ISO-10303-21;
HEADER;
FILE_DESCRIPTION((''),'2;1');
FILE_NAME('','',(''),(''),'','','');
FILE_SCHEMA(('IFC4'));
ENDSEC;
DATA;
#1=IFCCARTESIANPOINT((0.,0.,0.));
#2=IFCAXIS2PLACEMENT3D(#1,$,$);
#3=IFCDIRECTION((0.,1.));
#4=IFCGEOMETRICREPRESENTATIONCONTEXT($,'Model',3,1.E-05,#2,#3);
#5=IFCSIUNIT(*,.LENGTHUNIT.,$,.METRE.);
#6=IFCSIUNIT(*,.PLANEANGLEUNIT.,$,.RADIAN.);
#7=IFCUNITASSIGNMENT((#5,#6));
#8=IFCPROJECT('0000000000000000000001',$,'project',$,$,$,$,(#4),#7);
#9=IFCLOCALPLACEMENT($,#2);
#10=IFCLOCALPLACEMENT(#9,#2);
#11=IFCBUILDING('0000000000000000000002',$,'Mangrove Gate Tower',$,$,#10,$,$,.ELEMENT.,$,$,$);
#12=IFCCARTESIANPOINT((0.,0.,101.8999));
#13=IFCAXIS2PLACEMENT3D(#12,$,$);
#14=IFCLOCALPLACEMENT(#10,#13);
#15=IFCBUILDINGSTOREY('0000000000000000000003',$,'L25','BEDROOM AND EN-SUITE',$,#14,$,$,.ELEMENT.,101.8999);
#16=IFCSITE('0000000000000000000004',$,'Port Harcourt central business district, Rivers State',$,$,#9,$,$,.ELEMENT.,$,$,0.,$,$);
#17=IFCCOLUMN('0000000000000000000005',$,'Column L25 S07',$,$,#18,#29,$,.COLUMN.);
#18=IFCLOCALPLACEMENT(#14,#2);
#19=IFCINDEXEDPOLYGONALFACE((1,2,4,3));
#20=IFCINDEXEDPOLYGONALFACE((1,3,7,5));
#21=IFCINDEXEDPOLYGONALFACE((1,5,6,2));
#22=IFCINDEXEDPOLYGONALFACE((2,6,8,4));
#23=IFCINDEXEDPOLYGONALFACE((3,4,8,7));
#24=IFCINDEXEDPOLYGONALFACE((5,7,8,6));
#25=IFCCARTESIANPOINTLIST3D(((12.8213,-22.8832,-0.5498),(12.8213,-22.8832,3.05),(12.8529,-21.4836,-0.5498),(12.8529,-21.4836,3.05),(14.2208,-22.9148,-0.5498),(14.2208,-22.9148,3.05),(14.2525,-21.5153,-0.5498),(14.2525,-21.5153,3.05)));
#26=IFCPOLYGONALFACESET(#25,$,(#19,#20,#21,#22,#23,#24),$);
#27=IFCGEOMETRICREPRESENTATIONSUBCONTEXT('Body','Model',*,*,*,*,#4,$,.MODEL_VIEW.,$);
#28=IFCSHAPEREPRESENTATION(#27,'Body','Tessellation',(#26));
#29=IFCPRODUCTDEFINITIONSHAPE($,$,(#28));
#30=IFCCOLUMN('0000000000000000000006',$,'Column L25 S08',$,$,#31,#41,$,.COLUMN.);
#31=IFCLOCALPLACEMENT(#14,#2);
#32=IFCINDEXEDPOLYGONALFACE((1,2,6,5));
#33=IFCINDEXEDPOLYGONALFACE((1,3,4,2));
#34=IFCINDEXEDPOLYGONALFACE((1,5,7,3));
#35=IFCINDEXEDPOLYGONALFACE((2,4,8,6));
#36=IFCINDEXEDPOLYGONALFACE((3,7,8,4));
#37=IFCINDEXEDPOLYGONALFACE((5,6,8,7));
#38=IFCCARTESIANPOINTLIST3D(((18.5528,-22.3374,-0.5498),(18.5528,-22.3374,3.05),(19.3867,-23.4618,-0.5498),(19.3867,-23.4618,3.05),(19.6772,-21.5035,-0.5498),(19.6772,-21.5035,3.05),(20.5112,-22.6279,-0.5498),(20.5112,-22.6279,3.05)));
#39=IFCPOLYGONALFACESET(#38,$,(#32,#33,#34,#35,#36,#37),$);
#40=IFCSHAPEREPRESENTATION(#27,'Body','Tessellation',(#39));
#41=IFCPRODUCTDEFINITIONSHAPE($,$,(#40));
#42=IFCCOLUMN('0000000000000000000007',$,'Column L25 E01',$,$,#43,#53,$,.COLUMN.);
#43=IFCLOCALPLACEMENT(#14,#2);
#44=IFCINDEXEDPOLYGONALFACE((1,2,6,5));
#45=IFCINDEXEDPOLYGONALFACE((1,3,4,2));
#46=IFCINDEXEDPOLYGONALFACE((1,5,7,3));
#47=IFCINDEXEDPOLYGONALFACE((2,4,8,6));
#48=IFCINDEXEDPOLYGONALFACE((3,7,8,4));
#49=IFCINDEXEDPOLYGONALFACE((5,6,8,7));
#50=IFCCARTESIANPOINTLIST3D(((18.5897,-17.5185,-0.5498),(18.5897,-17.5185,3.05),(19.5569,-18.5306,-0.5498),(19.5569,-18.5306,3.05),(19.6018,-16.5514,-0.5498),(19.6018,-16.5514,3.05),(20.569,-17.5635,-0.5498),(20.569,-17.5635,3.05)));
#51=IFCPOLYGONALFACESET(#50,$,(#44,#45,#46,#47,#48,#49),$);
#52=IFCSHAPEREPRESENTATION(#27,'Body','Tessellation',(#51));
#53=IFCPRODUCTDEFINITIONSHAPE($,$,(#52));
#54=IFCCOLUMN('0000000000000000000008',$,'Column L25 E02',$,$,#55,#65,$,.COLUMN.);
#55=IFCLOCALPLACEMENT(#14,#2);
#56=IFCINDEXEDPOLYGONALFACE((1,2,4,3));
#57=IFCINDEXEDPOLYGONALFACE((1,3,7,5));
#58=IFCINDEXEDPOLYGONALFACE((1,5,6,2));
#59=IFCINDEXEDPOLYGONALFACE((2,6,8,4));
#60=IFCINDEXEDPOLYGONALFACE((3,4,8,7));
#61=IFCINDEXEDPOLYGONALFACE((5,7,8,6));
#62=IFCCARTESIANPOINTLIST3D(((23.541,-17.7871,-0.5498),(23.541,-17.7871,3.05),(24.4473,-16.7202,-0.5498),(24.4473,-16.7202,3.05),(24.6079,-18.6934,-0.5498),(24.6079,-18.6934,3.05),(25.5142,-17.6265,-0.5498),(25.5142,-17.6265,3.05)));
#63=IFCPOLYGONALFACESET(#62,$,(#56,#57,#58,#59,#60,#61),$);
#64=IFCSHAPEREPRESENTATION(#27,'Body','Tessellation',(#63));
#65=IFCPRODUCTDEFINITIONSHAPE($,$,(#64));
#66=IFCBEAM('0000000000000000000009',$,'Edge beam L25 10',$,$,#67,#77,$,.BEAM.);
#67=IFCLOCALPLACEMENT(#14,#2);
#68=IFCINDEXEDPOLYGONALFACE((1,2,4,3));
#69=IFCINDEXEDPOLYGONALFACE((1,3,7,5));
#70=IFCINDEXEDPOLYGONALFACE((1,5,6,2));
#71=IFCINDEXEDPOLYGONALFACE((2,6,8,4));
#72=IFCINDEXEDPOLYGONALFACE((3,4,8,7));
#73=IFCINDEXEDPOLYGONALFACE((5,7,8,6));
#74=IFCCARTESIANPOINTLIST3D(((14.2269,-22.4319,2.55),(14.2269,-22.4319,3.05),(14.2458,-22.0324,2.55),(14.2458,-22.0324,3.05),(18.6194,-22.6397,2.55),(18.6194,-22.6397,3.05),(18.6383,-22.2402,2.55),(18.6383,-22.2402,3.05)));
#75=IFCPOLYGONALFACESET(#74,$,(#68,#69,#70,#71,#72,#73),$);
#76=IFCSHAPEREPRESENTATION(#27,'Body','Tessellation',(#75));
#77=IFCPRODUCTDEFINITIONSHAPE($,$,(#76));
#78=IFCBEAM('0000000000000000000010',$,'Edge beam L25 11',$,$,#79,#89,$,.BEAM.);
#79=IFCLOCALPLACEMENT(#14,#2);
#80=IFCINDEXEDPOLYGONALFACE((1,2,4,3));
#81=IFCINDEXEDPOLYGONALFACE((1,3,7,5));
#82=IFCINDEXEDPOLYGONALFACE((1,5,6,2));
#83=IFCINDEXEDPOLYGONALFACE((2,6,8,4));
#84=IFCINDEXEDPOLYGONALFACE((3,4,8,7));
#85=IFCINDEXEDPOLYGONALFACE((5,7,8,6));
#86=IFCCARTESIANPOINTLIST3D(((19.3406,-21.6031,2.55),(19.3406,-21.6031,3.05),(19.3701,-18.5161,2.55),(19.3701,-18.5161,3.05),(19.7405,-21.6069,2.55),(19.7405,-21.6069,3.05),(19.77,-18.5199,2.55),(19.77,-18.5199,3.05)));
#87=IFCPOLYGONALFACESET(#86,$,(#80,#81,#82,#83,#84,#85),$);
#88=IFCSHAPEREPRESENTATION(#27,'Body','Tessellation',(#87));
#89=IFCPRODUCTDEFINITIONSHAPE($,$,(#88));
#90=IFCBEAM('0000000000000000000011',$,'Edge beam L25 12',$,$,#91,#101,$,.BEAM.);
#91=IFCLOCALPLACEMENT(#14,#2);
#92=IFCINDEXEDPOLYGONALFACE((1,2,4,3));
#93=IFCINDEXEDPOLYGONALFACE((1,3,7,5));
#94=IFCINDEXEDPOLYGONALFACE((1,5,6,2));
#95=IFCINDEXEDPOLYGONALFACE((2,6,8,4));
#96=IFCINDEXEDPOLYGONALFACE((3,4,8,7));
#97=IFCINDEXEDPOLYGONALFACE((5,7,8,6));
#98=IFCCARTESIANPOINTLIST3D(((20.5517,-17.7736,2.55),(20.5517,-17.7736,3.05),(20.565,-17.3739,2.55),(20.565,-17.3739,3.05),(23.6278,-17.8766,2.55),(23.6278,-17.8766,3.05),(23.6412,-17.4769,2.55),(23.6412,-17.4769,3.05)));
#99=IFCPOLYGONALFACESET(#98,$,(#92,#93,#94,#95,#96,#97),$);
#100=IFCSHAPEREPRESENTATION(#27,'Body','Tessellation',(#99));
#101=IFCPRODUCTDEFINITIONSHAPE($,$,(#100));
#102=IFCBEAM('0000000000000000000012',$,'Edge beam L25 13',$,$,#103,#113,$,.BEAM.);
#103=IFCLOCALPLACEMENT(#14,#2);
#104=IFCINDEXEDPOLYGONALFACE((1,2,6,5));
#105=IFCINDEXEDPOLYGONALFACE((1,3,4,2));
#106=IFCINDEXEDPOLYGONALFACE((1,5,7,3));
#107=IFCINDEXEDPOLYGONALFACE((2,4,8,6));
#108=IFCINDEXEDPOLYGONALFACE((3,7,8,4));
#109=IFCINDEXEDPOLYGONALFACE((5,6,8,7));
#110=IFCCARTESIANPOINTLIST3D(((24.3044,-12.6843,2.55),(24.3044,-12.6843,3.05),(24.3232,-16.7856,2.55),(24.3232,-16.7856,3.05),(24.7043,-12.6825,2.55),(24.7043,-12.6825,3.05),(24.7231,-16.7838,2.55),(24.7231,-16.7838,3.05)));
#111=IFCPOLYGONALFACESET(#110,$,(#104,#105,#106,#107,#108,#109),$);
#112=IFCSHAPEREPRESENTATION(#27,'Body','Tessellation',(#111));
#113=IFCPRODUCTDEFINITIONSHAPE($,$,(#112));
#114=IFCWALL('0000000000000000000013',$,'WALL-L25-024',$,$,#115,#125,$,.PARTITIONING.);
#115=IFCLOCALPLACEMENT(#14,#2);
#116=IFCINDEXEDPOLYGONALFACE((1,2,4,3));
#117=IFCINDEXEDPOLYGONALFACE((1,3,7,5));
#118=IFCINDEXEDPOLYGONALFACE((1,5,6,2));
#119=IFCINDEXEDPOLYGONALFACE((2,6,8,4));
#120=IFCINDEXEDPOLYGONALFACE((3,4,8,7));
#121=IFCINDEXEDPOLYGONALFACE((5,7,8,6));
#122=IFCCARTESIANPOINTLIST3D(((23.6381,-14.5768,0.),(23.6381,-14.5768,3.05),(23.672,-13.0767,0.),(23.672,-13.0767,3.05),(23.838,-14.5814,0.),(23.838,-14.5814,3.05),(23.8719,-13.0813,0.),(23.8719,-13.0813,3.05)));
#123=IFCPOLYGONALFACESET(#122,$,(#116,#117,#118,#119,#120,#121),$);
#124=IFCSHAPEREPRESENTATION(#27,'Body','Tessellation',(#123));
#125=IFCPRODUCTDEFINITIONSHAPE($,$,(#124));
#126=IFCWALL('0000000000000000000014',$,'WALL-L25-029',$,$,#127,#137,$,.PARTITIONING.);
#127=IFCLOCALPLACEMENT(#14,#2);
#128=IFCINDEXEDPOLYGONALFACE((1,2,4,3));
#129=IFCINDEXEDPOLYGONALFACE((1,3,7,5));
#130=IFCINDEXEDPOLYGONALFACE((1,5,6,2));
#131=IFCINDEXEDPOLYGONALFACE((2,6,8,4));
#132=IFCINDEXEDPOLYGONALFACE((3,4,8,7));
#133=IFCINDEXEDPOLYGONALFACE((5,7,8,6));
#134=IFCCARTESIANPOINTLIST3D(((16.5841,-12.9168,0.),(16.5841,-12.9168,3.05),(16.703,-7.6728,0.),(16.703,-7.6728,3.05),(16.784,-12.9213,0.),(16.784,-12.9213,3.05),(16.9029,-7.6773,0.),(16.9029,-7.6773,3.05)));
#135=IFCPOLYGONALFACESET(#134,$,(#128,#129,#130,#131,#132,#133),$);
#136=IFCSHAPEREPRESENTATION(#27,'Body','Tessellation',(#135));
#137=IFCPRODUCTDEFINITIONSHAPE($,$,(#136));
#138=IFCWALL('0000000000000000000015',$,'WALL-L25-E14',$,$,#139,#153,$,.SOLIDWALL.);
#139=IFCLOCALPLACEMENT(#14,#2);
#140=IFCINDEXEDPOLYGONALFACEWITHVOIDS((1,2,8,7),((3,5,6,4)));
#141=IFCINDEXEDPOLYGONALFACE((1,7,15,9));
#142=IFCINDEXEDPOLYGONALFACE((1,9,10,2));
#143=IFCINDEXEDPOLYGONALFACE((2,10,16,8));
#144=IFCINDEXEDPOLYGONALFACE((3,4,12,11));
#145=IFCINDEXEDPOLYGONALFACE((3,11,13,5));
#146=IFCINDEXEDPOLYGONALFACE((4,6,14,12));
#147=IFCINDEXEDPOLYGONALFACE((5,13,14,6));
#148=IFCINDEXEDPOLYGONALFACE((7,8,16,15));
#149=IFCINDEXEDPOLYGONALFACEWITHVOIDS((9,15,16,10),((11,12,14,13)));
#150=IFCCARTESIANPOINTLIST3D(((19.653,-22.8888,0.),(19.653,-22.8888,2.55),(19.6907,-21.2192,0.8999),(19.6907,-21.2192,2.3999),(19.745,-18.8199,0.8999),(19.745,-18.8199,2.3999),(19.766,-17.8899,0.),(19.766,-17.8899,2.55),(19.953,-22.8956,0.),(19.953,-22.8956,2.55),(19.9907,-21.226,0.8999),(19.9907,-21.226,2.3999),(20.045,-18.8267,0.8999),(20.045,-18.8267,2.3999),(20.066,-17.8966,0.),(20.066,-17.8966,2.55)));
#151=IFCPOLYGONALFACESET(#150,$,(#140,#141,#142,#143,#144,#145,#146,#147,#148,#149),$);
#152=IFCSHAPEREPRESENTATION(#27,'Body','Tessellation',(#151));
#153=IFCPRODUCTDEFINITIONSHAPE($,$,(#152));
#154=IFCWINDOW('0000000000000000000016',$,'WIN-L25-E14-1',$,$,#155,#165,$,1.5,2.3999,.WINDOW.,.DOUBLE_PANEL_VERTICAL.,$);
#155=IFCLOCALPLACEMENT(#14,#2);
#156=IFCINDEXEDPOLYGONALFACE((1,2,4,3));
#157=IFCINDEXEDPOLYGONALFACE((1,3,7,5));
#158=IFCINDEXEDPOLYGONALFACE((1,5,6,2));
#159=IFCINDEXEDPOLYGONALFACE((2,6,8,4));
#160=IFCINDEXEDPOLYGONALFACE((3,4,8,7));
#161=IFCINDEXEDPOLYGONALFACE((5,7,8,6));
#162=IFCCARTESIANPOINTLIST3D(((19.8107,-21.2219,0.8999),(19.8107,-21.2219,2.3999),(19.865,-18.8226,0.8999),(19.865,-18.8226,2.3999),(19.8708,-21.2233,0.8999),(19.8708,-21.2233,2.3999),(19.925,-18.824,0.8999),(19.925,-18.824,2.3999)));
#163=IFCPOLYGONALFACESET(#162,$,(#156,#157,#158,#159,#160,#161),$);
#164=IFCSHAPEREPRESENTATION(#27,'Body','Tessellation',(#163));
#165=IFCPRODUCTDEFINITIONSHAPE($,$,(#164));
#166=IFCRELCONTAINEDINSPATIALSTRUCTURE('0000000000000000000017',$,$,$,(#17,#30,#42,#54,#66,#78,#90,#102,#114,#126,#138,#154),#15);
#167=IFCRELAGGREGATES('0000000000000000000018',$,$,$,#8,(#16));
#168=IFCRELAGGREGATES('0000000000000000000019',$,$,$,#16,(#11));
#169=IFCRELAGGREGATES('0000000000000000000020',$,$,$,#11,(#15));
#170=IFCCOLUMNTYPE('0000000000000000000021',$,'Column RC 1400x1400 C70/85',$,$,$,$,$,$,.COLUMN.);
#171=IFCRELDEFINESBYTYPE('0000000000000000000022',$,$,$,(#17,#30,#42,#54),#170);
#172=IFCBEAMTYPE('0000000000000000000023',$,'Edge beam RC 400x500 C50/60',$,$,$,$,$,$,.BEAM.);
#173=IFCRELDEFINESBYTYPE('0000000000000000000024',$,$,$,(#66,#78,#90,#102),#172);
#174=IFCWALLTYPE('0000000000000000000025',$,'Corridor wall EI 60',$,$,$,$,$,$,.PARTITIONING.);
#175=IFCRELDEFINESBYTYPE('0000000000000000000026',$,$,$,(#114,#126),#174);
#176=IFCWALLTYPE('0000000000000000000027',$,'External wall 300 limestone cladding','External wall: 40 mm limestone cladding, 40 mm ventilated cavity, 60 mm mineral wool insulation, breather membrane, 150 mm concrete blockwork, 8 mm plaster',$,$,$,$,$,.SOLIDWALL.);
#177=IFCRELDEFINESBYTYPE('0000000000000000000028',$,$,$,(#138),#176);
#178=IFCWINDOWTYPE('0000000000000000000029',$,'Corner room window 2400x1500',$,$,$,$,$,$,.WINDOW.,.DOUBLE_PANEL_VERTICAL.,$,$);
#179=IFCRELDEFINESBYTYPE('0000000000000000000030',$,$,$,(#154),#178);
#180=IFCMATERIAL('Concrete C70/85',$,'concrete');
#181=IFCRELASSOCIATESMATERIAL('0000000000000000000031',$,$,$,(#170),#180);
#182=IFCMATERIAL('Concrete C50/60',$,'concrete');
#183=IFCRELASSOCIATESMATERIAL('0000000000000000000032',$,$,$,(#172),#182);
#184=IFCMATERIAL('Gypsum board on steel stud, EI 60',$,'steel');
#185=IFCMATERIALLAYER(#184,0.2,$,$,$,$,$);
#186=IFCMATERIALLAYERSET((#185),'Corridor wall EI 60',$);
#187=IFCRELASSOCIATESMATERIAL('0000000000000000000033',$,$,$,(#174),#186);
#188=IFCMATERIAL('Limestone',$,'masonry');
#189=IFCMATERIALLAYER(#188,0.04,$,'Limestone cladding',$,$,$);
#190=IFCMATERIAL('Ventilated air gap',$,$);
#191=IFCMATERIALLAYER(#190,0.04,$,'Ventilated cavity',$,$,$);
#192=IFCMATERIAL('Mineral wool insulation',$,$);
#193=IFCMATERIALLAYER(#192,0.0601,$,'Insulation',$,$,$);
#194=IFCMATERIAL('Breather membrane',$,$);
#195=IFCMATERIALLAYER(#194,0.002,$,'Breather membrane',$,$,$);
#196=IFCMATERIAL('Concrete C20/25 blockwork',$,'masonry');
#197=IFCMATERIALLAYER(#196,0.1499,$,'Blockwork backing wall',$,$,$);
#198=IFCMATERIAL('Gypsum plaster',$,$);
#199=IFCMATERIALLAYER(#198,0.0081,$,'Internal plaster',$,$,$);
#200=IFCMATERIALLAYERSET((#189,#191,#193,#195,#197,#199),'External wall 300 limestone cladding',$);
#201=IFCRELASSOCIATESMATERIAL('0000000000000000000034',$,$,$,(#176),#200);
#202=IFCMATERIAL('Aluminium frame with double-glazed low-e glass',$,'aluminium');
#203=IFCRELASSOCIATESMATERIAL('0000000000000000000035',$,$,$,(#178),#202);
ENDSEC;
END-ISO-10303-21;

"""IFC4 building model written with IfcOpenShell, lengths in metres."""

from ifc_helpers import new_model, si_unit, direction, frame, frame_2d, origin, origin_2d, place, context, subcontext, project, spatial, rectangle, extrude, material, layer, layer_set, material_profile, profile_set, type_object, element, fill, save


model = new_model("IFC4")

# Units and contexts
model_context = context("Model", 3, precision=1e-05, world=origin(), true_north=direction((0.0, 1.0)))
body_context = subcontext(model_context, "Body", "Model", "MODEL_VIEW")
ifc_project = project(units=[si_unit("LENGTHUNIT", "METRE"), si_unit("PLANEANGLEUNIT", "RADIAN")], contexts=[model_context])

# Site, building, storey
site_placement = place(None, origin())
site = spatial("IfcSite", under=ifc_project, at=site_placement, Name="Port Harcourt central business district, Rivers State", CompositionType="ELEMENT", RefElevation=0.0)
building_placement = place(site_placement, origin())
building = spatial("IfcBuilding", under=site, at=building_placement, Name="Mangrove Gate Tower", CompositionType="ELEMENT")
storey_placement = place(building_placement, frame((0.0, 0.0, 101.8999)))
storey = spatial("IfcBuildingStorey", under=building, at=storey_placement, Name="L25", Description="BEDROOM AND EN-SUITE", CompositionType="ELEMENT", Elevation=101.8999)

# Columns
ifc_material_1 = material(Name="Concrete C70/85", Category="concrete")
ifc_material_profile_1 = material_profile(ifc_material_1, rectangle(XDim=1.3999, YDim=1.3999, at=origin_2d()))
ifc_profile_set_1 = profile_set([ifc_material_profile_1], Name="Concrete C70/85")
column_type = type_object("IfcColumnType", Name="Column RC 1400x1400 C70/85", PredefinedType="COLUMN", material=ifc_profile_set_1)
for number, where, z_axis, x_axis, name in (
    (1, (13.5369, -22.1992, -0.5498), (0.0, 0.0, 1.0), (0.999744, -0.02263, 0.0), "Column L25 S07"),
    (2, (19.532, -22.4827, -0.5498), (0.0, 0.0, 1.0), (0.8032, 0.595709, 0.0), "Column L25 S08"),
    (3, (19.5793, -17.541, -0.5498), (0.0, 0.0, 1.0), (0.722977, 0.690873, 0.0), "Column L25 E01"),
    (4, (24.5276, -17.7068, -0.5498), (0.0, 0.0, 1.0), (0.647444, 0.762113, 0.0), "Column L25 E02"),
):
    element("IfcColumn", number, at=place(storey_placement, frame(where, z_axis=z_axis, x_axis=x_axis)), inside=storey, type_object=column_type, Name=name, PredefinedType="COLUMN", context=body_context, shape_type="SweptSolid", body=[
        extrude(rectangle(XDim=1.3999, YDim=1.3999, at=origin_2d()), origin(), (0.0, 0.0, 1.0), 3.5999),
    ])

# Beams
ifc_material_2 = material(Name="Concrete C50/60", Category="concrete")
ifc_material_profile_2 = material_profile(ifc_material_2, rectangle(XDim=0.3999, YDim=0.5, at=origin_2d()))
ifc_profile_set_2 = profile_set([ifc_material_profile_2], Name="Concrete C50/60")
beam_type = type_object("IfcBeamType", Name="Edge beam RC 400x500 C50/60", PredefinedType="BEAM", material=ifc_profile_set_2)
beam_1_placement = place(storey_placement, frame((14.2363, -22.2322, 2.8), z_axis=(0.998883, -0.047246, 0.0), x_axis=(0.047246, 0.998883, 0.0)))
element("IfcBeam", 5, at=beam_1_placement, inside=storey, type_object=beam_type, Name="Edge beam L25 10", PredefinedType="BEAM", context=body_context, shape_type="SweptSolid", body=[
    extrude(rectangle(XDim=0.3999, YDim=0.5, at=origin_2d()), origin(), (0.0, 0.0, 1.0), 4.3975),
])
beam_2_placement = place(storey_placement, frame((19.5405, -21.605, 2.8), z_axis=(0.009569, 0.999954, 0.0), x_axis=(-0.999954, 0.009569, 0.0)))
element("IfcBeam", 6, at=beam_2_placement, inside=storey, type_object=beam_type, Name="Edge beam L25 11", PredefinedType="BEAM", context=body_context, shape_type="SweptSolid", body=[
    extrude(rectangle(XDim=0.3999, YDim=0.5, at=origin_2d()), origin(), (0.0, 0.0, 1.0), 3.0872),
])
beam_3_placement = place(storey_placement, frame((20.5583, -17.5737, 2.8), z_axis=(0.99944, -0.033473, 0.0), x_axis=(0.033473, 0.99944, 0.0)))
element("IfcBeam", 7, at=beam_3_placement, inside=storey, type_object=beam_type, Name="Edge beam L25 12", PredefinedType="BEAM", context=body_context, shape_type="SweptSolid", body=[
    extrude(rectangle(XDim=0.3999, YDim=0.5, at=origin_2d()), origin(), (0.0, 0.0, 1.0), 3.0779),
])
beam_4_placement = place(storey_placement, frame((24.5232, -16.7847, 2.8), z_axis=(-0.004584, 0.999989, 0.0), x_axis=(-0.999989, -0.004584, 0.0)))
element("IfcBeam", 8, at=beam_4_placement, inside=storey, type_object=beam_type, Name="Edge beam L25 13", PredefinedType="BEAM", context=body_context, shape_type="SweptSolid", body=[
    extrude(rectangle(XDim=0.3999, YDim=0.5, at=origin_2d()), origin(), (0.0, 0.0, 1.0), 4.1013),
])

# Walls
ifc_material_3 = material(Name="Gypsum board on steel stud, EI 60", Category="steel")
ifc_layer_1 = layer(ifc_material_3, 0.2)
ifc_layer_set_1 = layer_set([ifc_layer_1], Name="Corridor wall EI 60")
wall_type_1 = type_object("IfcWallType", Name="Corridor wall EI 60", PredefinedType="PARTITIONING", material=ifc_layer_set_1)
wall_1_placement = place(storey_placement, frame((23.738, -14.5791, 0.0), z_axis=(0.0, 0.0, 1.0), x_axis=(0.022618, 0.999744, 0.0)))
element("IfcWall", 9, at=wall_1_placement, inside=storey, type_object=wall_type_1, Name="WALL-L25-024", PredefinedType="PARTITIONING", context=body_context, shape_type="SweptSolid", body=[
    extrude(rectangle(XDim=1.5005, YDim=0.2, at=frame_2d((0.7502, 0.0))), origin(), (0.0, 0.0, 1.0), 3.05),
])
wall_2_placement = place(storey_placement, frame((16.6841, -12.9189, 0.0), z_axis=(0.0, 0.0, 1.0), x_axis=(0.022667, 0.999743, 0.0)))
element("IfcWall", 10, at=wall_2_placement, inside=storey, type_object=wall_type_1, Name="WALL-L25-029", PredefinedType="PARTITIONING", context=body_context, shape_type="SweptSolid", body=[
    extrude(rectangle(XDim=5.2454, YDim=0.2, at=frame_2d((2.6226, 0.0))), origin(), (0.0, 0.0, 1.0), 3.05),
])

# Shared definitions
ifc_material_4 = material(Name="Limestone", Category="masonry")
ifc_layer_2 = layer(ifc_material_4, 0.04, Name="Limestone cladding")
ifc_material_5 = material(Name="Ventilated air gap")
ifc_layer_3 = layer(ifc_material_5, 0.04, Name="Ventilated cavity")
ifc_material_6 = material(Name="Mineral wool insulation")
ifc_layer_4 = layer(ifc_material_6, 0.0601, Name="Insulation")
ifc_material_7 = material(Name="Breather membrane")
ifc_layer_5 = layer(ifc_material_7, 0.002, Name="Breather membrane")
ifc_material_8 = material(Name="Concrete C20/25 blockwork", Category="masonry")
ifc_layer_6 = layer(ifc_material_8, 0.1499, Name="Blockwork backing wall")
ifc_material_9 = material(Name="Gypsum plaster")
ifc_layer_7 = layer(ifc_material_9, 0.0081, Name="Internal plaster")
ifc_layer_set_2 = layer_set([ifc_layer_2, ifc_layer_3, ifc_layer_4, ifc_layer_5, ifc_layer_6, ifc_layer_7], Name="External wall 300 limestone cladding")
wall_type_2 = type_object("IfcWallType", Name="External wall 300 limestone cladding", Description="External wall: 40 mm limestone cladding, 40 mm ventilated cavity, 60 mm mineral wool insulation, breather membrane, 150 mm concrete blockwork, 8 mm plaster", PredefinedType="SOLIDWALL", material=ifc_layer_set_2)
ifc_material_10 = material(Name="Aluminium frame with double-glazed low-e glass", Category="aluminium")
window_type = type_object("IfcWindowType", Name="Corner room window 2400x1500", PartitioningType="DOUBLE_PANEL_VERTICAL", PredefinedType="WINDOW", material=ifc_material_10)

# Wall, opening, window
wall_3_placement = place(storey_placement, frame((19.803, -22.8921, 0.0), z_axis=(0.0, 0.0, 1.0), x_axis=(0.022606, 0.999744, 0.0)))
wall_3 = element("IfcWall", 11, at=wall_3_placement, inside=storey, type_object=wall_type_2, Name="WALL-L25-E14", PredefinedType="SOLIDWALL", context=body_context, shape_type="SweptSolid", body=[
    extrude(rectangle(XDim=5.0002, YDim=0.3, at=frame_2d((2.5, 0.0))), origin(), (0.0, 0.0, 1.0), 2.55),
])
opening_1_placement = place(wall_3_placement, frame((1.6699, 0.0, 0.8999)))
opening_1 = element("IfcOpeningElement", 12, at=opening_1_placement, cuts=wall_3, PredefinedType="OPENING", context=body_context, shape_type="SweptSolid", body=[
    extrude(rectangle(XDim=2.3999, YDim=1.5, at=frame_2d((1.2, 0.75))), frame((0.0, 0.1599, 0.0), z_axis=(0.0, -1.0, 0.0), x_axis=(1.0, 0.0, 0.0)), (0.0, 0.0, 1.0), 0.3201),
])
window_1_placement = place(opening_1_placement, origin())
window_1 = element("IfcWindow", 13, at=window_1_placement, inside=storey, type_object=window_type, Name="WIN-L25-E14-1", OverallHeight=1.5, OverallWidth=2.3999, PartitioningType="DOUBLE_PANEL_VERTICAL", PredefinedType="WINDOW", context=body_context, shape_type="SweptSolid", body=[
    extrude(rectangle(XDim=2.3999, YDim=1.5, at=frame_2d((1.2, 0.75))), frame((0.0, 0.03, 0.0), z_axis=(0.0, -1.0, 0.0), x_axis=(1.0, 0.0, 0.0)), (0.0, 0.0, 1.0), 0.0601),
])
fill(opening_1, window_1)

save(model, "model.ifc")
